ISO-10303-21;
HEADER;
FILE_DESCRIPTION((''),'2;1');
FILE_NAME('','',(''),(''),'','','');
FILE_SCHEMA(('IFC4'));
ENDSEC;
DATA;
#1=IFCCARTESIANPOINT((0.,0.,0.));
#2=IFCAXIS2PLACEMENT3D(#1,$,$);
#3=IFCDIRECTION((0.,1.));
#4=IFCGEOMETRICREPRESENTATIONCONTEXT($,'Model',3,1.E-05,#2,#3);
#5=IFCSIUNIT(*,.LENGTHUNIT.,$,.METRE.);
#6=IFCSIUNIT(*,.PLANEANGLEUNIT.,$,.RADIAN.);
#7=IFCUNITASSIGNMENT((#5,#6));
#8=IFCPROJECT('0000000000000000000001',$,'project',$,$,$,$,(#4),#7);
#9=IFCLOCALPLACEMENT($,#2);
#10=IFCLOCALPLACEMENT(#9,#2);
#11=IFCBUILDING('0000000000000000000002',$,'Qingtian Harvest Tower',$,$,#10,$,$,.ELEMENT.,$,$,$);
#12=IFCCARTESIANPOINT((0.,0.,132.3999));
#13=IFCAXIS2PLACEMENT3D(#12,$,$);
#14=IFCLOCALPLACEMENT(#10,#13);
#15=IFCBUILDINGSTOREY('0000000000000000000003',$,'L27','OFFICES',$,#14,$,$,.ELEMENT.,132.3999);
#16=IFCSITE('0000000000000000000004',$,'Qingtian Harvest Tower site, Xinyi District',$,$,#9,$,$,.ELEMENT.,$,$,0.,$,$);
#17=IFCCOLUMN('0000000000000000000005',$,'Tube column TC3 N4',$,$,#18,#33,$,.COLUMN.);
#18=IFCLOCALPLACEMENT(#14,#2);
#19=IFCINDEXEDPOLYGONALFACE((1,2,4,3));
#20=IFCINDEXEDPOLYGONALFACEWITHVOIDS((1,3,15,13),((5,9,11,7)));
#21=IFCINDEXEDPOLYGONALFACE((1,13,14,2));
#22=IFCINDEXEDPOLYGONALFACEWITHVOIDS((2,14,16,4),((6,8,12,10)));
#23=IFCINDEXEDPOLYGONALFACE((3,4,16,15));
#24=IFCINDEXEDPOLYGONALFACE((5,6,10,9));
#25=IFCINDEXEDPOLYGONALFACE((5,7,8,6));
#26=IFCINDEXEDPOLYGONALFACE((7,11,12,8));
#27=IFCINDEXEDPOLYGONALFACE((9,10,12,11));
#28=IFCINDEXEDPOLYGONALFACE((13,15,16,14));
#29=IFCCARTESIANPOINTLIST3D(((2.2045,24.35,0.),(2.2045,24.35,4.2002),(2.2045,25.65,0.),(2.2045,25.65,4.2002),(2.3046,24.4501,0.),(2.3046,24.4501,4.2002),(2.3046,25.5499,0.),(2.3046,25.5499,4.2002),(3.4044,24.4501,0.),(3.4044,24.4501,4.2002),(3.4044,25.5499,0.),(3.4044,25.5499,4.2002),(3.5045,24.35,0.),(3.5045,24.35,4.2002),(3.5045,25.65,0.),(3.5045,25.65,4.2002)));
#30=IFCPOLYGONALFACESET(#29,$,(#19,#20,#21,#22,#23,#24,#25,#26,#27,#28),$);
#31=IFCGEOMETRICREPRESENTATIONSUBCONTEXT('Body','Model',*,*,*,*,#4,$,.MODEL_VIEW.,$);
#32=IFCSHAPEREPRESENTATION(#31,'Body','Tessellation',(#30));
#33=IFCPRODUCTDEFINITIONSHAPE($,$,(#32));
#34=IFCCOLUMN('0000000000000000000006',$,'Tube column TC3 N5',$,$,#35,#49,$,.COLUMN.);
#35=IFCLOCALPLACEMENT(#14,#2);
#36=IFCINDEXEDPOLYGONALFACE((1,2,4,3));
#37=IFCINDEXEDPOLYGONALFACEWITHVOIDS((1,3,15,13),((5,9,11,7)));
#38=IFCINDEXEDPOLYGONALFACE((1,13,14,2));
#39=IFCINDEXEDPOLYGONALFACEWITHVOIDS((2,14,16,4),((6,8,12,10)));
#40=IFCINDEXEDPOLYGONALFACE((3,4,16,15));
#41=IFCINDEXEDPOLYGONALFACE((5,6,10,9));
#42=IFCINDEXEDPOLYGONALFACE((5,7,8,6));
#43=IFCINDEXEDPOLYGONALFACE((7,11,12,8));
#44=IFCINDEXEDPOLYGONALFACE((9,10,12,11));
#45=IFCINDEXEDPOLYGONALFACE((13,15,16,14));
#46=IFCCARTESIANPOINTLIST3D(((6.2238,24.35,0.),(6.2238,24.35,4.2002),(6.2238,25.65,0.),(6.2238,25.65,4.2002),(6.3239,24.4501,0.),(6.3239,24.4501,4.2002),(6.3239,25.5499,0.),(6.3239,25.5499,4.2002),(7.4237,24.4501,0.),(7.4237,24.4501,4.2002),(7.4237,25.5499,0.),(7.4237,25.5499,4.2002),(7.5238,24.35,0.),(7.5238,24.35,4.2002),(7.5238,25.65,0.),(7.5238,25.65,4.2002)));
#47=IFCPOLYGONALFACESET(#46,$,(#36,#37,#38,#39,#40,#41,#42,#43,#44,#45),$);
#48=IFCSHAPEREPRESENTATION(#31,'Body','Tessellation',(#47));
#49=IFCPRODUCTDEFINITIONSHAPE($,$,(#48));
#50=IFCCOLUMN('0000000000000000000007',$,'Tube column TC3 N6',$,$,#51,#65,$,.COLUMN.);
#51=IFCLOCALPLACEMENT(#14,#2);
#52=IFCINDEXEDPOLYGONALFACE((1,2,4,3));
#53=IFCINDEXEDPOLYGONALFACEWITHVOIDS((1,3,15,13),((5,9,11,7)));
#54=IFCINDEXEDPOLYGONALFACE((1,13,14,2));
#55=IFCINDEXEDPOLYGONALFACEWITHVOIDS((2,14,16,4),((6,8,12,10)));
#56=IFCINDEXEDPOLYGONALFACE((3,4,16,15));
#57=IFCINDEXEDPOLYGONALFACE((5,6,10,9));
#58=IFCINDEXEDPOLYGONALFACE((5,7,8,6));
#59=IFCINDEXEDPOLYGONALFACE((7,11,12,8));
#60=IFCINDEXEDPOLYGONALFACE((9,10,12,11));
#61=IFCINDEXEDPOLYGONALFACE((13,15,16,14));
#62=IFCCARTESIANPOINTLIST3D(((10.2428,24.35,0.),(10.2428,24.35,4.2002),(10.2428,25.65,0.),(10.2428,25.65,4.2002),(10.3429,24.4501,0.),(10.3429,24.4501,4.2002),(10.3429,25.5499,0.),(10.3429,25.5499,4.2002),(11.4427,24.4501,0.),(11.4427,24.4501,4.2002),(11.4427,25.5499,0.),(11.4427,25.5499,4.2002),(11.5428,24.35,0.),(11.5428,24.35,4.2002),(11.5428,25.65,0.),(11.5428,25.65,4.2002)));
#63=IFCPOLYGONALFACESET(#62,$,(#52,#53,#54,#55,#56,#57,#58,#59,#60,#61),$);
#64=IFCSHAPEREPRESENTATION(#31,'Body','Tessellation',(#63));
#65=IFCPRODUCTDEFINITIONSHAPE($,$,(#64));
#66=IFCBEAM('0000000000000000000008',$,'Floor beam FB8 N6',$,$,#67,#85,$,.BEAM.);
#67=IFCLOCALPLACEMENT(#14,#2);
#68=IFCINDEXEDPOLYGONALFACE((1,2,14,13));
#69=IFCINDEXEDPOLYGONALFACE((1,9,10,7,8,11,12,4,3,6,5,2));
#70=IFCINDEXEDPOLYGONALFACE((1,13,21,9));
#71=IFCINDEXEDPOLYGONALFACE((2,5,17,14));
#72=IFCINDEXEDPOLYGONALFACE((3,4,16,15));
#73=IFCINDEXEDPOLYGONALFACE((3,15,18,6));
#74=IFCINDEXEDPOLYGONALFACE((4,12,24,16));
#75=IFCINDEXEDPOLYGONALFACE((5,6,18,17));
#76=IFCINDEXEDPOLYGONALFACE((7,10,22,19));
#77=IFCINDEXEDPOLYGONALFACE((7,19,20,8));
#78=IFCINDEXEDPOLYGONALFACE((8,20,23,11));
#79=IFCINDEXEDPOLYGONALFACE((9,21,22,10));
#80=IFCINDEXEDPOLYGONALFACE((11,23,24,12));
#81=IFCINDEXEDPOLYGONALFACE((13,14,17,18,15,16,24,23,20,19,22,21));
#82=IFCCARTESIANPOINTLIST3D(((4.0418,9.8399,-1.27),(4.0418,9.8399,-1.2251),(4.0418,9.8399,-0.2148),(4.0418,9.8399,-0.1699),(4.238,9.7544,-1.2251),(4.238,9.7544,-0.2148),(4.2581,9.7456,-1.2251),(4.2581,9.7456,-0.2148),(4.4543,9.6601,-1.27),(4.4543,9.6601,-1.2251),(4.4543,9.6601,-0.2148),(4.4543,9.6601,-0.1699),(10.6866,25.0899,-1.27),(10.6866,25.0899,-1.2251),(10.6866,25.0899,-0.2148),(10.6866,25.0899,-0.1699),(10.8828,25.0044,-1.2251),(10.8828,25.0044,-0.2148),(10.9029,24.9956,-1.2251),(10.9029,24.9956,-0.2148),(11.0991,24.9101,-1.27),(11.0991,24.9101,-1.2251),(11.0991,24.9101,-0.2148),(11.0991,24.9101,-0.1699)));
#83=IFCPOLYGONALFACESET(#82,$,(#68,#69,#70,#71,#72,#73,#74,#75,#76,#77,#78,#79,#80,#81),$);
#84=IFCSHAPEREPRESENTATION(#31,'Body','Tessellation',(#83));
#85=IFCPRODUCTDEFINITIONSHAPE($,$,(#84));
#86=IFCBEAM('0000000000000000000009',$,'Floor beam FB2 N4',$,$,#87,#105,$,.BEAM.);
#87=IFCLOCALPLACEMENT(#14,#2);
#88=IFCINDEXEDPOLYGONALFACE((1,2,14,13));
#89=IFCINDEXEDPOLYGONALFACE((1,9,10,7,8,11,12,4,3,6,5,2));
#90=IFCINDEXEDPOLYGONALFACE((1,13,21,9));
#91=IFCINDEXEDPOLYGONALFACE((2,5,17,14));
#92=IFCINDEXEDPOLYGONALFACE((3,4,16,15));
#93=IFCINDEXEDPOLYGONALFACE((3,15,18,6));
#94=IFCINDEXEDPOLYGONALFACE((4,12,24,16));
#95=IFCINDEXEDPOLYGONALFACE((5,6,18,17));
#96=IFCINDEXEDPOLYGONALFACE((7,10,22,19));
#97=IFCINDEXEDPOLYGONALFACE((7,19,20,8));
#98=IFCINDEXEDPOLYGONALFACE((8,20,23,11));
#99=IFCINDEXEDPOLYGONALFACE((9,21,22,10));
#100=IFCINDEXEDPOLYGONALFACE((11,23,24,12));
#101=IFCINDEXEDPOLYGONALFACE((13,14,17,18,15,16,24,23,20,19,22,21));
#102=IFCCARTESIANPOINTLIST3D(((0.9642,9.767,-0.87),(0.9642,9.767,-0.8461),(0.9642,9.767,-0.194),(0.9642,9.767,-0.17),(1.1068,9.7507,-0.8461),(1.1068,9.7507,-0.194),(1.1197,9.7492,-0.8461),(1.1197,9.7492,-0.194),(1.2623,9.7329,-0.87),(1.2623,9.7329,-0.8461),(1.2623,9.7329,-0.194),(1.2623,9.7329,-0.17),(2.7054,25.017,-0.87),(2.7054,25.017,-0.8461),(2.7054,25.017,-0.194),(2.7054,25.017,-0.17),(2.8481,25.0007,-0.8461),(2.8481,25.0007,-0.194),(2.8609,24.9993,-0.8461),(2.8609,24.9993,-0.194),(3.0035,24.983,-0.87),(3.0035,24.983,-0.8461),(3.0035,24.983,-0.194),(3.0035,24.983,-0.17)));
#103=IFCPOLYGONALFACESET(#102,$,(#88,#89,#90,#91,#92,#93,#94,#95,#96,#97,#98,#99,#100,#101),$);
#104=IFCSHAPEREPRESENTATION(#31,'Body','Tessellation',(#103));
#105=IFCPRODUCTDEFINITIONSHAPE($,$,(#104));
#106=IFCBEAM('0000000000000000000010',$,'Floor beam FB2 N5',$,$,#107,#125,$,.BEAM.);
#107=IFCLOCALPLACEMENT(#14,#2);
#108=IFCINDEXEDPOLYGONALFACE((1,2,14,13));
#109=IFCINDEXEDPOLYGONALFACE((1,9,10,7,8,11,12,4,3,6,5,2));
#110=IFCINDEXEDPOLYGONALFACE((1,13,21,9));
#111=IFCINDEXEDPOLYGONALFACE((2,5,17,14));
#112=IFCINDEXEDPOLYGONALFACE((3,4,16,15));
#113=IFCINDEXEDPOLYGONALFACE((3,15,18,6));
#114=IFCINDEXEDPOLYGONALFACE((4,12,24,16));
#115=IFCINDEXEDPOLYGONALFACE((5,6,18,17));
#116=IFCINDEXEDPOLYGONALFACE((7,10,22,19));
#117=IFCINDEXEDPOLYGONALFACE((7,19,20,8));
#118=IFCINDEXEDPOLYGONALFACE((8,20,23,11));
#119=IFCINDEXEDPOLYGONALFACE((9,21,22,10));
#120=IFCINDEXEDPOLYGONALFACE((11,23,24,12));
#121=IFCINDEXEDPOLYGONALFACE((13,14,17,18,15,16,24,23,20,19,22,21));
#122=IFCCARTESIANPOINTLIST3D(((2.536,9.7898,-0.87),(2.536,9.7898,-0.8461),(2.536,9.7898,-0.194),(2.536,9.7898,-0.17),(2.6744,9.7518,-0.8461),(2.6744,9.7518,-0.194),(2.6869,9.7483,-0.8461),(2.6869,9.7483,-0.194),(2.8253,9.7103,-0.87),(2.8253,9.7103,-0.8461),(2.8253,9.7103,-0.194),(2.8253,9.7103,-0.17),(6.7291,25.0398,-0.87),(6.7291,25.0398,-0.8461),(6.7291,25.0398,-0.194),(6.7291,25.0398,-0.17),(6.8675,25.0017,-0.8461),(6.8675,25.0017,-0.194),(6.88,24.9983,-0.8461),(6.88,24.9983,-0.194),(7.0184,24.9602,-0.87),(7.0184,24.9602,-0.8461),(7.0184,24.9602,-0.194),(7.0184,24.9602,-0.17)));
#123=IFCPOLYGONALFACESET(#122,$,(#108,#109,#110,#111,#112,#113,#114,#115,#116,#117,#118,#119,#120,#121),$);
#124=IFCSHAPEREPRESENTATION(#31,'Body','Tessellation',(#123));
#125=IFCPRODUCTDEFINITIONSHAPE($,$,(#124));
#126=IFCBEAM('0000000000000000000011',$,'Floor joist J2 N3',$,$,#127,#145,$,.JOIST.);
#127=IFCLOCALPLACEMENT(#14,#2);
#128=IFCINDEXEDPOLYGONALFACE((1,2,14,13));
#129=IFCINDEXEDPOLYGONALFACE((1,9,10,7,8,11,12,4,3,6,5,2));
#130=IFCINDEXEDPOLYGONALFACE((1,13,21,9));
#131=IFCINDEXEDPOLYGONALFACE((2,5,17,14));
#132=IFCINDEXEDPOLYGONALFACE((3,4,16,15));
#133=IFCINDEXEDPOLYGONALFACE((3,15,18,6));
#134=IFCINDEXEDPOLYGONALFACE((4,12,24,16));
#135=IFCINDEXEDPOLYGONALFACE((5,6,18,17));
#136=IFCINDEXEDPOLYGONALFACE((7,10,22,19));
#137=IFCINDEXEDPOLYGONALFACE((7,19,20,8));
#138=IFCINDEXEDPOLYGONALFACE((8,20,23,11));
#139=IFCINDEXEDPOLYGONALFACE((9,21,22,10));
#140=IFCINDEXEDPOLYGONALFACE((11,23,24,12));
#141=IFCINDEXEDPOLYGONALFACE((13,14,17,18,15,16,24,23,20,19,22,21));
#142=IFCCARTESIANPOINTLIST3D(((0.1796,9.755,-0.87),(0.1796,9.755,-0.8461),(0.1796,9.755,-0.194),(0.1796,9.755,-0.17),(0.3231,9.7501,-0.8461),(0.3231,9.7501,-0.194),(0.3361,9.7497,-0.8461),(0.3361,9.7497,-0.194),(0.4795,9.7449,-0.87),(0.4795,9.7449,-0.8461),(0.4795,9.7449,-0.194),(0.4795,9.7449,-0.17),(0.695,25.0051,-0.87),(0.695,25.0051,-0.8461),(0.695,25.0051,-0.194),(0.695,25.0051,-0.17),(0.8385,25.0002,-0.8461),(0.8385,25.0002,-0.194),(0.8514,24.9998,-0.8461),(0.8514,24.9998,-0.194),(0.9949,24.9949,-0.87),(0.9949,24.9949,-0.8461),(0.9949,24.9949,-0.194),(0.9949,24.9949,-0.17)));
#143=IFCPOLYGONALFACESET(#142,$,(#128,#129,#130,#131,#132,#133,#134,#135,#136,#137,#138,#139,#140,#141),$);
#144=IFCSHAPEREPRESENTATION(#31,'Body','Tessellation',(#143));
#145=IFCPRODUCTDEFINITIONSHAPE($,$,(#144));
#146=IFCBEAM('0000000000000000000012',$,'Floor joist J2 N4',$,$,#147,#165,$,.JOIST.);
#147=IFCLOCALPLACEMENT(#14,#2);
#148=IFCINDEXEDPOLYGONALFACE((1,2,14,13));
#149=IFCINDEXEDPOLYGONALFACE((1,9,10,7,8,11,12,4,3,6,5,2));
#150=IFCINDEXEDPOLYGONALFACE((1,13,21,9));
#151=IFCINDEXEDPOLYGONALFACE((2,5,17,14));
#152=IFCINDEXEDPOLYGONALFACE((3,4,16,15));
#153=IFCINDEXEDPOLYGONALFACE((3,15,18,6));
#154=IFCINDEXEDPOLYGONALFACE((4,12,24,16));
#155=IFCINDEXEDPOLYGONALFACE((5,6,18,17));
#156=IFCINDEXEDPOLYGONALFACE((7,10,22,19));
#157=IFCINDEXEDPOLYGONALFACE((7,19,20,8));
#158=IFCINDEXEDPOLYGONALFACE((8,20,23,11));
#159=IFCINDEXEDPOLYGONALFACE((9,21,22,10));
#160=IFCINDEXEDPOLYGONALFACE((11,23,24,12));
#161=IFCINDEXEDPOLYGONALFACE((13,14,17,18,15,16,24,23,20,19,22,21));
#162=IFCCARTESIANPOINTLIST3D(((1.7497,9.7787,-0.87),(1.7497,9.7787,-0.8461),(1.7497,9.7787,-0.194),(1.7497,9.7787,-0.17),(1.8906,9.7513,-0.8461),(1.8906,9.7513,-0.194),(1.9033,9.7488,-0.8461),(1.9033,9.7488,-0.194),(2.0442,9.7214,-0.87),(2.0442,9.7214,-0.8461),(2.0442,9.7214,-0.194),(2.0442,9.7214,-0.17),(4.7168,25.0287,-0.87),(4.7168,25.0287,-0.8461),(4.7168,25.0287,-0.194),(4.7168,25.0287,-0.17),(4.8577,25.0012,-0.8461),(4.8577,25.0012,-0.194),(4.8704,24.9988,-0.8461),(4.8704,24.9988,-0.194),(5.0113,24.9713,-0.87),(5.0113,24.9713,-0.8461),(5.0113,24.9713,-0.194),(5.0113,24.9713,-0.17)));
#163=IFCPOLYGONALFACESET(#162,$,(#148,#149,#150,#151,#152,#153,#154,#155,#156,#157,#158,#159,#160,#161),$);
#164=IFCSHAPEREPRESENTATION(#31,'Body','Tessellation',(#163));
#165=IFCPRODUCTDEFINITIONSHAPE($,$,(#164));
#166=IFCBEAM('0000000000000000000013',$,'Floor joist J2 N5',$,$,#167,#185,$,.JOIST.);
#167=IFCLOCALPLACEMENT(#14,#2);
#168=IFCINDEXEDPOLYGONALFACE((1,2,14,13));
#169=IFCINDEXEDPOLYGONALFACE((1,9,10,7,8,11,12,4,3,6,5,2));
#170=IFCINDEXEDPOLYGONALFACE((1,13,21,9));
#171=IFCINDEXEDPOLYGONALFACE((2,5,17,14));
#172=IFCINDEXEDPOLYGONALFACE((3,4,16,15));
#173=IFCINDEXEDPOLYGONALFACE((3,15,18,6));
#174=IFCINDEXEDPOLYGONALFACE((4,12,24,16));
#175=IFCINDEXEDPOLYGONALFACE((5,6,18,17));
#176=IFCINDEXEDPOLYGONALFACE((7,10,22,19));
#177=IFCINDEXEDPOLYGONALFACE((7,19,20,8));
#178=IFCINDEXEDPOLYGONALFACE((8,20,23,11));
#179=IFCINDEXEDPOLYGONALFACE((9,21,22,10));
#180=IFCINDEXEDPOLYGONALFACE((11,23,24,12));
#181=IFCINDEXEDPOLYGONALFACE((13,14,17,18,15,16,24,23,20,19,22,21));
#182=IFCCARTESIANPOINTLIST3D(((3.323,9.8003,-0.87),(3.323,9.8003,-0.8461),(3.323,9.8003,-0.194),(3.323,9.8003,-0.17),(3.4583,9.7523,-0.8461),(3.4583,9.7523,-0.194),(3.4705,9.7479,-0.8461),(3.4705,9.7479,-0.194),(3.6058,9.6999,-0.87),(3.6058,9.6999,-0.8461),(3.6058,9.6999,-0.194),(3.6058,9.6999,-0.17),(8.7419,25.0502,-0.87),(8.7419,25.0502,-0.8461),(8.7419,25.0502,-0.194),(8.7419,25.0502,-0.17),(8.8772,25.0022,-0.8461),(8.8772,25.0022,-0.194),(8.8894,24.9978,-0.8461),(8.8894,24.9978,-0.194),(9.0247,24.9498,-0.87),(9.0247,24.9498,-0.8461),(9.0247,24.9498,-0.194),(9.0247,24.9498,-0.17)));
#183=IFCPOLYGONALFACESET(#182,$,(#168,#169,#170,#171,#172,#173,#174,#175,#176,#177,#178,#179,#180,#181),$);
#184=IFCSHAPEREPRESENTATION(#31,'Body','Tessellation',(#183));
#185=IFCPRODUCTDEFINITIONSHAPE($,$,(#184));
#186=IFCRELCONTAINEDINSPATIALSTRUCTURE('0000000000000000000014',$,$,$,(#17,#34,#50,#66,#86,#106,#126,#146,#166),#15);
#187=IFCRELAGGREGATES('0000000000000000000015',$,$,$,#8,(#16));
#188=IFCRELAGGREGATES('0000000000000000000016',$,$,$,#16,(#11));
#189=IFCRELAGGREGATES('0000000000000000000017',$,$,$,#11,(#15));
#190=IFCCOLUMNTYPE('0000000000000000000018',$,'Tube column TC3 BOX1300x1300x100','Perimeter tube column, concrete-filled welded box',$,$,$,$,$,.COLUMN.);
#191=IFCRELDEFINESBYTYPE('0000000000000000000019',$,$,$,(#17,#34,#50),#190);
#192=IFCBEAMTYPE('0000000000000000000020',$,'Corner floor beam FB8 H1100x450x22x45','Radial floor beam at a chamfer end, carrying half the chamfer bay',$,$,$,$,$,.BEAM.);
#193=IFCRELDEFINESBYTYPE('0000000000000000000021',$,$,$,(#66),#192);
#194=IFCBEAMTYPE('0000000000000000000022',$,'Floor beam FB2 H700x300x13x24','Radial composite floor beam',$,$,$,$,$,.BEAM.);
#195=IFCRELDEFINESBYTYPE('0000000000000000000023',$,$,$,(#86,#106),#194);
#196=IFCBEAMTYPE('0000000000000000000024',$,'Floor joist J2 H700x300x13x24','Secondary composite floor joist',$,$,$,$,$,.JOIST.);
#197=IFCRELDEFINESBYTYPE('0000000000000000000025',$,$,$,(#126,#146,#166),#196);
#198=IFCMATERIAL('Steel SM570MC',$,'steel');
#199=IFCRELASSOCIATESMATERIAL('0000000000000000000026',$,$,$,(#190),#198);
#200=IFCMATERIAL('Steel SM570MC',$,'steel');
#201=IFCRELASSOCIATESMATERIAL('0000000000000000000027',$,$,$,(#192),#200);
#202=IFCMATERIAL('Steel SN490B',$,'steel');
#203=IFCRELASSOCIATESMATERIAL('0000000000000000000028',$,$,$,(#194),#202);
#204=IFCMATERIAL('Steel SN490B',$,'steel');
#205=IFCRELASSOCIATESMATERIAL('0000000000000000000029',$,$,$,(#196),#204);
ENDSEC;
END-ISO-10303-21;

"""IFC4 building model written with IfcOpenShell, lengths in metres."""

from ifc_helpers import new_model, si_unit, direction, frame, origin, origin_2d, place, context, subcontext, project, spatial, hollow_rectangle, i_section, extrude, material, material_profile, profile_set, type_object, element, save


model = new_model("IFC4")

# Units and contexts
model_context = context("Model", 3, precision=1e-05, world=origin(), true_north=direction((0.0, 1.0)))
body_context = subcontext(model_context, "Body", "Model", "MODEL_VIEW")
ifc_project = project(units=[si_unit("LENGTHUNIT", "METRE"), si_unit("PLANEANGLEUNIT", "RADIAN")], contexts=[model_context])

# Site, building, storey
site_placement = place(None, origin())
site = spatial("IfcSite", under=ifc_project, at=site_placement, Name="Qingtian Harvest Tower site, Xinyi District", CompositionType="ELEMENT", RefElevation=0.0)
building_placement = place(site_placement, origin())
building = spatial("IfcBuilding", under=site, at=building_placement, Name="Qingtian Harvest Tower", CompositionType="ELEMENT")
storey_placement = place(building_placement, frame((0.0, 0.0, 132.3999)))
storey = spatial("IfcBuildingStorey", under=building, at=storey_placement, Name="L27", Description="OFFICES", CompositionType="ELEMENT", Elevation=132.3999)

# Columns
ifc_material_1 = material(Name="Steel SM570MC", Category="steel")
ifc_material_profile_1 = material_profile(ifc_material_1, hollow_rectangle(XDim=1.3, YDim=1.3, WallThickness=0.1001, at=origin_2d()), Name="BOX1300x1300x100")
ifc_profile_set_1 = profile_set([ifc_material_profile_1], Name="Steel SM570MC")
column_type = type_object("IfcColumnType", Name="Tube column TC3 BOX1300x1300x100", Description="Perimeter tube column, concrete-filled welded box", PredefinedType="COLUMN", material=ifc_profile_set_1)
for number, where, z_axis, x_axis, name in (
    (1, (2.8545, 25.0, 0.0), (0.0, 0.0, 1.0), (-1.0, 0.0, 0.0), "Tube column TC3 N4"),
    (2, (6.8738, 25.0, 0.0), (0.0, 0.0, 1.0), (-1.0, 0.0, 0.0), "Tube column TC3 N5"),
    (3, (10.8928, 25.0, 0.0), (0.0, 0.0, 1.0), (-1.0, 0.0, 0.0), "Tube column TC3 N6"),
):
    element("IfcColumn", number, at=place(storey_placement, frame(where, z_axis=z_axis, x_axis=x_axis)), inside=storey, type_object=column_type, Name=name, PredefinedType="COLUMN", context=body_context, shape_type="SweptSolid", body=[
        extrude(hollow_rectangle(XDim=1.3, YDim=1.3, WallThickness=0.1001, at=origin_2d()), origin(), (0.0, 0.0, 1.0), 4.2002),
    ])

# Beams
ifc_material_2 = material(Name="Steel SM570MC", Category="steel")
ifc_material_profile_2 = material_profile(ifc_material_2, i_section(OverallWidth=0.45, OverallDepth=1.1001, WebThickness=0.022, FlangeThickness=0.0449, at=origin_2d()), Name="H1100x450x22x45")
ifc_profile_set_2 = profile_set([ifc_material_profile_2], Name="Steel SM570MC")
beam_type_1 = type_object("IfcBeamType", Name="Corner floor beam FB8 H1100x450x22x45", Description="Radial floor beam at a chamfer end, carrying half the chamfer bay", PredefinedType="BEAM", material=ifc_profile_set_2)
beam_1_placement = place(storey_placement, frame((10.8928, 25.0, -0.72), z_axis=(-0.399451, -0.916755, 0.0), x_axis=(0.916755, -0.399451, 0.0)))
element("IfcBeam", 4, at=beam_1_placement, inside=storey, type_object=beam_type_1, Name="Floor beam FB8 N6", PredefinedType="BEAM", context=body_context, shape_type="SweptSolid", body=[
    extrude(i_section(OverallWidth=0.45, OverallDepth=1.1001, WebThickness=0.022, FlangeThickness=0.0449, at=origin_2d()), origin(), (0.0, 0.0, 1.0), 16.6348),
])
ifc_material_3 = material(Name="Steel SN490B", Category="steel")
ifc_material_profile_3 = material_profile(ifc_material_3, i_section(OverallWidth=0.3, OverallDepth=0.7, WebThickness=0.0129, FlangeThickness=0.0239, at=origin_2d()), Name="H700x300x13x24")
ifc_profile_set_3 = profile_set([ifc_material_profile_3], Name="Steel SN490B")
beam_type_2 = type_object("IfcBeamType", Name="Floor beam FB2 H700x300x13x24", Description="Radial composite floor beam", PredefinedType="BEAM", material=ifc_profile_set_3)
beam_2_placement = place(storey_placement, frame((2.8545, 25.0, -0.52), z_axis=(-0.113441, -0.993545, 0.0), x_axis=(0.993545, -0.113441, 0.0)))
element("IfcBeam", 5, at=beam_2_placement, inside=storey, type_object=beam_type_2, Name="Floor beam FB2 N4", PredefinedType="BEAM", context=body_context, shape_type="SweptSolid", body=[
    extrude(i_section(OverallWidth=0.3, OverallDepth=0.7, WebThickness=0.0129, FlangeThickness=0.0239, at=origin_2d()), origin(), (0.0, 0.0, 1.0), 15.3491),
])
beam_3_placement = place(storey_placement, frame((6.8738, 25.0, -0.52), z_axis=(-0.265119, -0.964216, 0.0), x_axis=(0.964216, -0.265119, 0.0)))
element("IfcBeam", 6, at=beam_3_placement, inside=storey, type_object=beam_type_2, Name="Floor beam FB2 N5", PredefinedType="BEAM", context=body_context, shape_type="SweptSolid", body=[
    extrude(i_section(OverallWidth=0.3, OverallDepth=0.7, WebThickness=0.0129, FlangeThickness=0.0239, at=origin_2d()), origin(), (0.0, 0.0, 1.0), 15.8159),
])
ifc_material_4 = material(Name="Steel SN490B", Category="steel")
ifc_material_profile_4 = material_profile(ifc_material_4, i_section(OverallWidth=0.3, OverallDepth=0.7, WebThickness=0.0129, FlangeThickness=0.0239, at=origin_2d()), Name="H700x300x13x24")
ifc_profile_set_4 = profile_set([ifc_material_profile_4], Name="Steel SN490B")
beam_type_3 = type_object("IfcBeamType", Name="Floor joist J2 H700x300x13x24", Description="Secondary composite floor joist", PredefinedType="JOIST", material=ifc_profile_set_4)
beam_4_placement = place(storey_placement, frame((0.845, 25.0, -0.52), z_axis=(-0.033776, -0.999429, 0.0), x_axis=(0.999429, -0.033776, 0.0)))
element("IfcBeam", 7, at=beam_4_placement, inside=storey, type_object=beam_type_3, Name="Floor joist J2 N3", PredefinedType="JOIST", context=body_context, shape_type="SweptSolid", body=[
    extrude(i_section(OverallWidth=0.3, OverallDepth=0.7, WebThickness=0.0129, FlangeThickness=0.0239, at=origin_2d()), origin(), (0.0, 0.0, 1.0), 15.2588),
])
beam_5_placement = place(storey_placement, frame((4.864, 25.0, -0.52), z_axis=(-0.190979, -0.981594, 0.0), x_axis=(0.981594, -0.190979, 0.0)))
element("IfcBeam", 8, at=beam_5_placement, inside=storey, type_object=beam_type_3, Name="Floor joist J2 N4", PredefinedType="JOIST", context=body_context, shape_type="SweptSolid", body=[
    extrude(i_section(OverallWidth=0.3, OverallDepth=0.7, WebThickness=0.0129, FlangeThickness=0.0239, at=origin_2d()), origin(), (0.0, 0.0, 1.0), 15.5359),
])
beam_6_placement = place(storey_placement, frame((8.8833, 25.0, -0.52), z_axis=(-0.33483, -0.942279, 0.0), x_axis=(0.942279, -0.33483, 0.0)))
element("IfcBeam", 9, at=beam_6_placement, inside=storey, type_object=beam_type_3, Name="Floor joist J2 N5", PredefinedType="JOIST", context=body_context, shape_type="SweptSolid", body=[
    extrude(i_section(OverallWidth=0.3, OverallDepth=0.7, WebThickness=0.0129, FlangeThickness=0.0239, at=origin_2d()), origin(), (0.0, 0.0, 1.0), 16.1841),
])

save(model, "model.ifc")
